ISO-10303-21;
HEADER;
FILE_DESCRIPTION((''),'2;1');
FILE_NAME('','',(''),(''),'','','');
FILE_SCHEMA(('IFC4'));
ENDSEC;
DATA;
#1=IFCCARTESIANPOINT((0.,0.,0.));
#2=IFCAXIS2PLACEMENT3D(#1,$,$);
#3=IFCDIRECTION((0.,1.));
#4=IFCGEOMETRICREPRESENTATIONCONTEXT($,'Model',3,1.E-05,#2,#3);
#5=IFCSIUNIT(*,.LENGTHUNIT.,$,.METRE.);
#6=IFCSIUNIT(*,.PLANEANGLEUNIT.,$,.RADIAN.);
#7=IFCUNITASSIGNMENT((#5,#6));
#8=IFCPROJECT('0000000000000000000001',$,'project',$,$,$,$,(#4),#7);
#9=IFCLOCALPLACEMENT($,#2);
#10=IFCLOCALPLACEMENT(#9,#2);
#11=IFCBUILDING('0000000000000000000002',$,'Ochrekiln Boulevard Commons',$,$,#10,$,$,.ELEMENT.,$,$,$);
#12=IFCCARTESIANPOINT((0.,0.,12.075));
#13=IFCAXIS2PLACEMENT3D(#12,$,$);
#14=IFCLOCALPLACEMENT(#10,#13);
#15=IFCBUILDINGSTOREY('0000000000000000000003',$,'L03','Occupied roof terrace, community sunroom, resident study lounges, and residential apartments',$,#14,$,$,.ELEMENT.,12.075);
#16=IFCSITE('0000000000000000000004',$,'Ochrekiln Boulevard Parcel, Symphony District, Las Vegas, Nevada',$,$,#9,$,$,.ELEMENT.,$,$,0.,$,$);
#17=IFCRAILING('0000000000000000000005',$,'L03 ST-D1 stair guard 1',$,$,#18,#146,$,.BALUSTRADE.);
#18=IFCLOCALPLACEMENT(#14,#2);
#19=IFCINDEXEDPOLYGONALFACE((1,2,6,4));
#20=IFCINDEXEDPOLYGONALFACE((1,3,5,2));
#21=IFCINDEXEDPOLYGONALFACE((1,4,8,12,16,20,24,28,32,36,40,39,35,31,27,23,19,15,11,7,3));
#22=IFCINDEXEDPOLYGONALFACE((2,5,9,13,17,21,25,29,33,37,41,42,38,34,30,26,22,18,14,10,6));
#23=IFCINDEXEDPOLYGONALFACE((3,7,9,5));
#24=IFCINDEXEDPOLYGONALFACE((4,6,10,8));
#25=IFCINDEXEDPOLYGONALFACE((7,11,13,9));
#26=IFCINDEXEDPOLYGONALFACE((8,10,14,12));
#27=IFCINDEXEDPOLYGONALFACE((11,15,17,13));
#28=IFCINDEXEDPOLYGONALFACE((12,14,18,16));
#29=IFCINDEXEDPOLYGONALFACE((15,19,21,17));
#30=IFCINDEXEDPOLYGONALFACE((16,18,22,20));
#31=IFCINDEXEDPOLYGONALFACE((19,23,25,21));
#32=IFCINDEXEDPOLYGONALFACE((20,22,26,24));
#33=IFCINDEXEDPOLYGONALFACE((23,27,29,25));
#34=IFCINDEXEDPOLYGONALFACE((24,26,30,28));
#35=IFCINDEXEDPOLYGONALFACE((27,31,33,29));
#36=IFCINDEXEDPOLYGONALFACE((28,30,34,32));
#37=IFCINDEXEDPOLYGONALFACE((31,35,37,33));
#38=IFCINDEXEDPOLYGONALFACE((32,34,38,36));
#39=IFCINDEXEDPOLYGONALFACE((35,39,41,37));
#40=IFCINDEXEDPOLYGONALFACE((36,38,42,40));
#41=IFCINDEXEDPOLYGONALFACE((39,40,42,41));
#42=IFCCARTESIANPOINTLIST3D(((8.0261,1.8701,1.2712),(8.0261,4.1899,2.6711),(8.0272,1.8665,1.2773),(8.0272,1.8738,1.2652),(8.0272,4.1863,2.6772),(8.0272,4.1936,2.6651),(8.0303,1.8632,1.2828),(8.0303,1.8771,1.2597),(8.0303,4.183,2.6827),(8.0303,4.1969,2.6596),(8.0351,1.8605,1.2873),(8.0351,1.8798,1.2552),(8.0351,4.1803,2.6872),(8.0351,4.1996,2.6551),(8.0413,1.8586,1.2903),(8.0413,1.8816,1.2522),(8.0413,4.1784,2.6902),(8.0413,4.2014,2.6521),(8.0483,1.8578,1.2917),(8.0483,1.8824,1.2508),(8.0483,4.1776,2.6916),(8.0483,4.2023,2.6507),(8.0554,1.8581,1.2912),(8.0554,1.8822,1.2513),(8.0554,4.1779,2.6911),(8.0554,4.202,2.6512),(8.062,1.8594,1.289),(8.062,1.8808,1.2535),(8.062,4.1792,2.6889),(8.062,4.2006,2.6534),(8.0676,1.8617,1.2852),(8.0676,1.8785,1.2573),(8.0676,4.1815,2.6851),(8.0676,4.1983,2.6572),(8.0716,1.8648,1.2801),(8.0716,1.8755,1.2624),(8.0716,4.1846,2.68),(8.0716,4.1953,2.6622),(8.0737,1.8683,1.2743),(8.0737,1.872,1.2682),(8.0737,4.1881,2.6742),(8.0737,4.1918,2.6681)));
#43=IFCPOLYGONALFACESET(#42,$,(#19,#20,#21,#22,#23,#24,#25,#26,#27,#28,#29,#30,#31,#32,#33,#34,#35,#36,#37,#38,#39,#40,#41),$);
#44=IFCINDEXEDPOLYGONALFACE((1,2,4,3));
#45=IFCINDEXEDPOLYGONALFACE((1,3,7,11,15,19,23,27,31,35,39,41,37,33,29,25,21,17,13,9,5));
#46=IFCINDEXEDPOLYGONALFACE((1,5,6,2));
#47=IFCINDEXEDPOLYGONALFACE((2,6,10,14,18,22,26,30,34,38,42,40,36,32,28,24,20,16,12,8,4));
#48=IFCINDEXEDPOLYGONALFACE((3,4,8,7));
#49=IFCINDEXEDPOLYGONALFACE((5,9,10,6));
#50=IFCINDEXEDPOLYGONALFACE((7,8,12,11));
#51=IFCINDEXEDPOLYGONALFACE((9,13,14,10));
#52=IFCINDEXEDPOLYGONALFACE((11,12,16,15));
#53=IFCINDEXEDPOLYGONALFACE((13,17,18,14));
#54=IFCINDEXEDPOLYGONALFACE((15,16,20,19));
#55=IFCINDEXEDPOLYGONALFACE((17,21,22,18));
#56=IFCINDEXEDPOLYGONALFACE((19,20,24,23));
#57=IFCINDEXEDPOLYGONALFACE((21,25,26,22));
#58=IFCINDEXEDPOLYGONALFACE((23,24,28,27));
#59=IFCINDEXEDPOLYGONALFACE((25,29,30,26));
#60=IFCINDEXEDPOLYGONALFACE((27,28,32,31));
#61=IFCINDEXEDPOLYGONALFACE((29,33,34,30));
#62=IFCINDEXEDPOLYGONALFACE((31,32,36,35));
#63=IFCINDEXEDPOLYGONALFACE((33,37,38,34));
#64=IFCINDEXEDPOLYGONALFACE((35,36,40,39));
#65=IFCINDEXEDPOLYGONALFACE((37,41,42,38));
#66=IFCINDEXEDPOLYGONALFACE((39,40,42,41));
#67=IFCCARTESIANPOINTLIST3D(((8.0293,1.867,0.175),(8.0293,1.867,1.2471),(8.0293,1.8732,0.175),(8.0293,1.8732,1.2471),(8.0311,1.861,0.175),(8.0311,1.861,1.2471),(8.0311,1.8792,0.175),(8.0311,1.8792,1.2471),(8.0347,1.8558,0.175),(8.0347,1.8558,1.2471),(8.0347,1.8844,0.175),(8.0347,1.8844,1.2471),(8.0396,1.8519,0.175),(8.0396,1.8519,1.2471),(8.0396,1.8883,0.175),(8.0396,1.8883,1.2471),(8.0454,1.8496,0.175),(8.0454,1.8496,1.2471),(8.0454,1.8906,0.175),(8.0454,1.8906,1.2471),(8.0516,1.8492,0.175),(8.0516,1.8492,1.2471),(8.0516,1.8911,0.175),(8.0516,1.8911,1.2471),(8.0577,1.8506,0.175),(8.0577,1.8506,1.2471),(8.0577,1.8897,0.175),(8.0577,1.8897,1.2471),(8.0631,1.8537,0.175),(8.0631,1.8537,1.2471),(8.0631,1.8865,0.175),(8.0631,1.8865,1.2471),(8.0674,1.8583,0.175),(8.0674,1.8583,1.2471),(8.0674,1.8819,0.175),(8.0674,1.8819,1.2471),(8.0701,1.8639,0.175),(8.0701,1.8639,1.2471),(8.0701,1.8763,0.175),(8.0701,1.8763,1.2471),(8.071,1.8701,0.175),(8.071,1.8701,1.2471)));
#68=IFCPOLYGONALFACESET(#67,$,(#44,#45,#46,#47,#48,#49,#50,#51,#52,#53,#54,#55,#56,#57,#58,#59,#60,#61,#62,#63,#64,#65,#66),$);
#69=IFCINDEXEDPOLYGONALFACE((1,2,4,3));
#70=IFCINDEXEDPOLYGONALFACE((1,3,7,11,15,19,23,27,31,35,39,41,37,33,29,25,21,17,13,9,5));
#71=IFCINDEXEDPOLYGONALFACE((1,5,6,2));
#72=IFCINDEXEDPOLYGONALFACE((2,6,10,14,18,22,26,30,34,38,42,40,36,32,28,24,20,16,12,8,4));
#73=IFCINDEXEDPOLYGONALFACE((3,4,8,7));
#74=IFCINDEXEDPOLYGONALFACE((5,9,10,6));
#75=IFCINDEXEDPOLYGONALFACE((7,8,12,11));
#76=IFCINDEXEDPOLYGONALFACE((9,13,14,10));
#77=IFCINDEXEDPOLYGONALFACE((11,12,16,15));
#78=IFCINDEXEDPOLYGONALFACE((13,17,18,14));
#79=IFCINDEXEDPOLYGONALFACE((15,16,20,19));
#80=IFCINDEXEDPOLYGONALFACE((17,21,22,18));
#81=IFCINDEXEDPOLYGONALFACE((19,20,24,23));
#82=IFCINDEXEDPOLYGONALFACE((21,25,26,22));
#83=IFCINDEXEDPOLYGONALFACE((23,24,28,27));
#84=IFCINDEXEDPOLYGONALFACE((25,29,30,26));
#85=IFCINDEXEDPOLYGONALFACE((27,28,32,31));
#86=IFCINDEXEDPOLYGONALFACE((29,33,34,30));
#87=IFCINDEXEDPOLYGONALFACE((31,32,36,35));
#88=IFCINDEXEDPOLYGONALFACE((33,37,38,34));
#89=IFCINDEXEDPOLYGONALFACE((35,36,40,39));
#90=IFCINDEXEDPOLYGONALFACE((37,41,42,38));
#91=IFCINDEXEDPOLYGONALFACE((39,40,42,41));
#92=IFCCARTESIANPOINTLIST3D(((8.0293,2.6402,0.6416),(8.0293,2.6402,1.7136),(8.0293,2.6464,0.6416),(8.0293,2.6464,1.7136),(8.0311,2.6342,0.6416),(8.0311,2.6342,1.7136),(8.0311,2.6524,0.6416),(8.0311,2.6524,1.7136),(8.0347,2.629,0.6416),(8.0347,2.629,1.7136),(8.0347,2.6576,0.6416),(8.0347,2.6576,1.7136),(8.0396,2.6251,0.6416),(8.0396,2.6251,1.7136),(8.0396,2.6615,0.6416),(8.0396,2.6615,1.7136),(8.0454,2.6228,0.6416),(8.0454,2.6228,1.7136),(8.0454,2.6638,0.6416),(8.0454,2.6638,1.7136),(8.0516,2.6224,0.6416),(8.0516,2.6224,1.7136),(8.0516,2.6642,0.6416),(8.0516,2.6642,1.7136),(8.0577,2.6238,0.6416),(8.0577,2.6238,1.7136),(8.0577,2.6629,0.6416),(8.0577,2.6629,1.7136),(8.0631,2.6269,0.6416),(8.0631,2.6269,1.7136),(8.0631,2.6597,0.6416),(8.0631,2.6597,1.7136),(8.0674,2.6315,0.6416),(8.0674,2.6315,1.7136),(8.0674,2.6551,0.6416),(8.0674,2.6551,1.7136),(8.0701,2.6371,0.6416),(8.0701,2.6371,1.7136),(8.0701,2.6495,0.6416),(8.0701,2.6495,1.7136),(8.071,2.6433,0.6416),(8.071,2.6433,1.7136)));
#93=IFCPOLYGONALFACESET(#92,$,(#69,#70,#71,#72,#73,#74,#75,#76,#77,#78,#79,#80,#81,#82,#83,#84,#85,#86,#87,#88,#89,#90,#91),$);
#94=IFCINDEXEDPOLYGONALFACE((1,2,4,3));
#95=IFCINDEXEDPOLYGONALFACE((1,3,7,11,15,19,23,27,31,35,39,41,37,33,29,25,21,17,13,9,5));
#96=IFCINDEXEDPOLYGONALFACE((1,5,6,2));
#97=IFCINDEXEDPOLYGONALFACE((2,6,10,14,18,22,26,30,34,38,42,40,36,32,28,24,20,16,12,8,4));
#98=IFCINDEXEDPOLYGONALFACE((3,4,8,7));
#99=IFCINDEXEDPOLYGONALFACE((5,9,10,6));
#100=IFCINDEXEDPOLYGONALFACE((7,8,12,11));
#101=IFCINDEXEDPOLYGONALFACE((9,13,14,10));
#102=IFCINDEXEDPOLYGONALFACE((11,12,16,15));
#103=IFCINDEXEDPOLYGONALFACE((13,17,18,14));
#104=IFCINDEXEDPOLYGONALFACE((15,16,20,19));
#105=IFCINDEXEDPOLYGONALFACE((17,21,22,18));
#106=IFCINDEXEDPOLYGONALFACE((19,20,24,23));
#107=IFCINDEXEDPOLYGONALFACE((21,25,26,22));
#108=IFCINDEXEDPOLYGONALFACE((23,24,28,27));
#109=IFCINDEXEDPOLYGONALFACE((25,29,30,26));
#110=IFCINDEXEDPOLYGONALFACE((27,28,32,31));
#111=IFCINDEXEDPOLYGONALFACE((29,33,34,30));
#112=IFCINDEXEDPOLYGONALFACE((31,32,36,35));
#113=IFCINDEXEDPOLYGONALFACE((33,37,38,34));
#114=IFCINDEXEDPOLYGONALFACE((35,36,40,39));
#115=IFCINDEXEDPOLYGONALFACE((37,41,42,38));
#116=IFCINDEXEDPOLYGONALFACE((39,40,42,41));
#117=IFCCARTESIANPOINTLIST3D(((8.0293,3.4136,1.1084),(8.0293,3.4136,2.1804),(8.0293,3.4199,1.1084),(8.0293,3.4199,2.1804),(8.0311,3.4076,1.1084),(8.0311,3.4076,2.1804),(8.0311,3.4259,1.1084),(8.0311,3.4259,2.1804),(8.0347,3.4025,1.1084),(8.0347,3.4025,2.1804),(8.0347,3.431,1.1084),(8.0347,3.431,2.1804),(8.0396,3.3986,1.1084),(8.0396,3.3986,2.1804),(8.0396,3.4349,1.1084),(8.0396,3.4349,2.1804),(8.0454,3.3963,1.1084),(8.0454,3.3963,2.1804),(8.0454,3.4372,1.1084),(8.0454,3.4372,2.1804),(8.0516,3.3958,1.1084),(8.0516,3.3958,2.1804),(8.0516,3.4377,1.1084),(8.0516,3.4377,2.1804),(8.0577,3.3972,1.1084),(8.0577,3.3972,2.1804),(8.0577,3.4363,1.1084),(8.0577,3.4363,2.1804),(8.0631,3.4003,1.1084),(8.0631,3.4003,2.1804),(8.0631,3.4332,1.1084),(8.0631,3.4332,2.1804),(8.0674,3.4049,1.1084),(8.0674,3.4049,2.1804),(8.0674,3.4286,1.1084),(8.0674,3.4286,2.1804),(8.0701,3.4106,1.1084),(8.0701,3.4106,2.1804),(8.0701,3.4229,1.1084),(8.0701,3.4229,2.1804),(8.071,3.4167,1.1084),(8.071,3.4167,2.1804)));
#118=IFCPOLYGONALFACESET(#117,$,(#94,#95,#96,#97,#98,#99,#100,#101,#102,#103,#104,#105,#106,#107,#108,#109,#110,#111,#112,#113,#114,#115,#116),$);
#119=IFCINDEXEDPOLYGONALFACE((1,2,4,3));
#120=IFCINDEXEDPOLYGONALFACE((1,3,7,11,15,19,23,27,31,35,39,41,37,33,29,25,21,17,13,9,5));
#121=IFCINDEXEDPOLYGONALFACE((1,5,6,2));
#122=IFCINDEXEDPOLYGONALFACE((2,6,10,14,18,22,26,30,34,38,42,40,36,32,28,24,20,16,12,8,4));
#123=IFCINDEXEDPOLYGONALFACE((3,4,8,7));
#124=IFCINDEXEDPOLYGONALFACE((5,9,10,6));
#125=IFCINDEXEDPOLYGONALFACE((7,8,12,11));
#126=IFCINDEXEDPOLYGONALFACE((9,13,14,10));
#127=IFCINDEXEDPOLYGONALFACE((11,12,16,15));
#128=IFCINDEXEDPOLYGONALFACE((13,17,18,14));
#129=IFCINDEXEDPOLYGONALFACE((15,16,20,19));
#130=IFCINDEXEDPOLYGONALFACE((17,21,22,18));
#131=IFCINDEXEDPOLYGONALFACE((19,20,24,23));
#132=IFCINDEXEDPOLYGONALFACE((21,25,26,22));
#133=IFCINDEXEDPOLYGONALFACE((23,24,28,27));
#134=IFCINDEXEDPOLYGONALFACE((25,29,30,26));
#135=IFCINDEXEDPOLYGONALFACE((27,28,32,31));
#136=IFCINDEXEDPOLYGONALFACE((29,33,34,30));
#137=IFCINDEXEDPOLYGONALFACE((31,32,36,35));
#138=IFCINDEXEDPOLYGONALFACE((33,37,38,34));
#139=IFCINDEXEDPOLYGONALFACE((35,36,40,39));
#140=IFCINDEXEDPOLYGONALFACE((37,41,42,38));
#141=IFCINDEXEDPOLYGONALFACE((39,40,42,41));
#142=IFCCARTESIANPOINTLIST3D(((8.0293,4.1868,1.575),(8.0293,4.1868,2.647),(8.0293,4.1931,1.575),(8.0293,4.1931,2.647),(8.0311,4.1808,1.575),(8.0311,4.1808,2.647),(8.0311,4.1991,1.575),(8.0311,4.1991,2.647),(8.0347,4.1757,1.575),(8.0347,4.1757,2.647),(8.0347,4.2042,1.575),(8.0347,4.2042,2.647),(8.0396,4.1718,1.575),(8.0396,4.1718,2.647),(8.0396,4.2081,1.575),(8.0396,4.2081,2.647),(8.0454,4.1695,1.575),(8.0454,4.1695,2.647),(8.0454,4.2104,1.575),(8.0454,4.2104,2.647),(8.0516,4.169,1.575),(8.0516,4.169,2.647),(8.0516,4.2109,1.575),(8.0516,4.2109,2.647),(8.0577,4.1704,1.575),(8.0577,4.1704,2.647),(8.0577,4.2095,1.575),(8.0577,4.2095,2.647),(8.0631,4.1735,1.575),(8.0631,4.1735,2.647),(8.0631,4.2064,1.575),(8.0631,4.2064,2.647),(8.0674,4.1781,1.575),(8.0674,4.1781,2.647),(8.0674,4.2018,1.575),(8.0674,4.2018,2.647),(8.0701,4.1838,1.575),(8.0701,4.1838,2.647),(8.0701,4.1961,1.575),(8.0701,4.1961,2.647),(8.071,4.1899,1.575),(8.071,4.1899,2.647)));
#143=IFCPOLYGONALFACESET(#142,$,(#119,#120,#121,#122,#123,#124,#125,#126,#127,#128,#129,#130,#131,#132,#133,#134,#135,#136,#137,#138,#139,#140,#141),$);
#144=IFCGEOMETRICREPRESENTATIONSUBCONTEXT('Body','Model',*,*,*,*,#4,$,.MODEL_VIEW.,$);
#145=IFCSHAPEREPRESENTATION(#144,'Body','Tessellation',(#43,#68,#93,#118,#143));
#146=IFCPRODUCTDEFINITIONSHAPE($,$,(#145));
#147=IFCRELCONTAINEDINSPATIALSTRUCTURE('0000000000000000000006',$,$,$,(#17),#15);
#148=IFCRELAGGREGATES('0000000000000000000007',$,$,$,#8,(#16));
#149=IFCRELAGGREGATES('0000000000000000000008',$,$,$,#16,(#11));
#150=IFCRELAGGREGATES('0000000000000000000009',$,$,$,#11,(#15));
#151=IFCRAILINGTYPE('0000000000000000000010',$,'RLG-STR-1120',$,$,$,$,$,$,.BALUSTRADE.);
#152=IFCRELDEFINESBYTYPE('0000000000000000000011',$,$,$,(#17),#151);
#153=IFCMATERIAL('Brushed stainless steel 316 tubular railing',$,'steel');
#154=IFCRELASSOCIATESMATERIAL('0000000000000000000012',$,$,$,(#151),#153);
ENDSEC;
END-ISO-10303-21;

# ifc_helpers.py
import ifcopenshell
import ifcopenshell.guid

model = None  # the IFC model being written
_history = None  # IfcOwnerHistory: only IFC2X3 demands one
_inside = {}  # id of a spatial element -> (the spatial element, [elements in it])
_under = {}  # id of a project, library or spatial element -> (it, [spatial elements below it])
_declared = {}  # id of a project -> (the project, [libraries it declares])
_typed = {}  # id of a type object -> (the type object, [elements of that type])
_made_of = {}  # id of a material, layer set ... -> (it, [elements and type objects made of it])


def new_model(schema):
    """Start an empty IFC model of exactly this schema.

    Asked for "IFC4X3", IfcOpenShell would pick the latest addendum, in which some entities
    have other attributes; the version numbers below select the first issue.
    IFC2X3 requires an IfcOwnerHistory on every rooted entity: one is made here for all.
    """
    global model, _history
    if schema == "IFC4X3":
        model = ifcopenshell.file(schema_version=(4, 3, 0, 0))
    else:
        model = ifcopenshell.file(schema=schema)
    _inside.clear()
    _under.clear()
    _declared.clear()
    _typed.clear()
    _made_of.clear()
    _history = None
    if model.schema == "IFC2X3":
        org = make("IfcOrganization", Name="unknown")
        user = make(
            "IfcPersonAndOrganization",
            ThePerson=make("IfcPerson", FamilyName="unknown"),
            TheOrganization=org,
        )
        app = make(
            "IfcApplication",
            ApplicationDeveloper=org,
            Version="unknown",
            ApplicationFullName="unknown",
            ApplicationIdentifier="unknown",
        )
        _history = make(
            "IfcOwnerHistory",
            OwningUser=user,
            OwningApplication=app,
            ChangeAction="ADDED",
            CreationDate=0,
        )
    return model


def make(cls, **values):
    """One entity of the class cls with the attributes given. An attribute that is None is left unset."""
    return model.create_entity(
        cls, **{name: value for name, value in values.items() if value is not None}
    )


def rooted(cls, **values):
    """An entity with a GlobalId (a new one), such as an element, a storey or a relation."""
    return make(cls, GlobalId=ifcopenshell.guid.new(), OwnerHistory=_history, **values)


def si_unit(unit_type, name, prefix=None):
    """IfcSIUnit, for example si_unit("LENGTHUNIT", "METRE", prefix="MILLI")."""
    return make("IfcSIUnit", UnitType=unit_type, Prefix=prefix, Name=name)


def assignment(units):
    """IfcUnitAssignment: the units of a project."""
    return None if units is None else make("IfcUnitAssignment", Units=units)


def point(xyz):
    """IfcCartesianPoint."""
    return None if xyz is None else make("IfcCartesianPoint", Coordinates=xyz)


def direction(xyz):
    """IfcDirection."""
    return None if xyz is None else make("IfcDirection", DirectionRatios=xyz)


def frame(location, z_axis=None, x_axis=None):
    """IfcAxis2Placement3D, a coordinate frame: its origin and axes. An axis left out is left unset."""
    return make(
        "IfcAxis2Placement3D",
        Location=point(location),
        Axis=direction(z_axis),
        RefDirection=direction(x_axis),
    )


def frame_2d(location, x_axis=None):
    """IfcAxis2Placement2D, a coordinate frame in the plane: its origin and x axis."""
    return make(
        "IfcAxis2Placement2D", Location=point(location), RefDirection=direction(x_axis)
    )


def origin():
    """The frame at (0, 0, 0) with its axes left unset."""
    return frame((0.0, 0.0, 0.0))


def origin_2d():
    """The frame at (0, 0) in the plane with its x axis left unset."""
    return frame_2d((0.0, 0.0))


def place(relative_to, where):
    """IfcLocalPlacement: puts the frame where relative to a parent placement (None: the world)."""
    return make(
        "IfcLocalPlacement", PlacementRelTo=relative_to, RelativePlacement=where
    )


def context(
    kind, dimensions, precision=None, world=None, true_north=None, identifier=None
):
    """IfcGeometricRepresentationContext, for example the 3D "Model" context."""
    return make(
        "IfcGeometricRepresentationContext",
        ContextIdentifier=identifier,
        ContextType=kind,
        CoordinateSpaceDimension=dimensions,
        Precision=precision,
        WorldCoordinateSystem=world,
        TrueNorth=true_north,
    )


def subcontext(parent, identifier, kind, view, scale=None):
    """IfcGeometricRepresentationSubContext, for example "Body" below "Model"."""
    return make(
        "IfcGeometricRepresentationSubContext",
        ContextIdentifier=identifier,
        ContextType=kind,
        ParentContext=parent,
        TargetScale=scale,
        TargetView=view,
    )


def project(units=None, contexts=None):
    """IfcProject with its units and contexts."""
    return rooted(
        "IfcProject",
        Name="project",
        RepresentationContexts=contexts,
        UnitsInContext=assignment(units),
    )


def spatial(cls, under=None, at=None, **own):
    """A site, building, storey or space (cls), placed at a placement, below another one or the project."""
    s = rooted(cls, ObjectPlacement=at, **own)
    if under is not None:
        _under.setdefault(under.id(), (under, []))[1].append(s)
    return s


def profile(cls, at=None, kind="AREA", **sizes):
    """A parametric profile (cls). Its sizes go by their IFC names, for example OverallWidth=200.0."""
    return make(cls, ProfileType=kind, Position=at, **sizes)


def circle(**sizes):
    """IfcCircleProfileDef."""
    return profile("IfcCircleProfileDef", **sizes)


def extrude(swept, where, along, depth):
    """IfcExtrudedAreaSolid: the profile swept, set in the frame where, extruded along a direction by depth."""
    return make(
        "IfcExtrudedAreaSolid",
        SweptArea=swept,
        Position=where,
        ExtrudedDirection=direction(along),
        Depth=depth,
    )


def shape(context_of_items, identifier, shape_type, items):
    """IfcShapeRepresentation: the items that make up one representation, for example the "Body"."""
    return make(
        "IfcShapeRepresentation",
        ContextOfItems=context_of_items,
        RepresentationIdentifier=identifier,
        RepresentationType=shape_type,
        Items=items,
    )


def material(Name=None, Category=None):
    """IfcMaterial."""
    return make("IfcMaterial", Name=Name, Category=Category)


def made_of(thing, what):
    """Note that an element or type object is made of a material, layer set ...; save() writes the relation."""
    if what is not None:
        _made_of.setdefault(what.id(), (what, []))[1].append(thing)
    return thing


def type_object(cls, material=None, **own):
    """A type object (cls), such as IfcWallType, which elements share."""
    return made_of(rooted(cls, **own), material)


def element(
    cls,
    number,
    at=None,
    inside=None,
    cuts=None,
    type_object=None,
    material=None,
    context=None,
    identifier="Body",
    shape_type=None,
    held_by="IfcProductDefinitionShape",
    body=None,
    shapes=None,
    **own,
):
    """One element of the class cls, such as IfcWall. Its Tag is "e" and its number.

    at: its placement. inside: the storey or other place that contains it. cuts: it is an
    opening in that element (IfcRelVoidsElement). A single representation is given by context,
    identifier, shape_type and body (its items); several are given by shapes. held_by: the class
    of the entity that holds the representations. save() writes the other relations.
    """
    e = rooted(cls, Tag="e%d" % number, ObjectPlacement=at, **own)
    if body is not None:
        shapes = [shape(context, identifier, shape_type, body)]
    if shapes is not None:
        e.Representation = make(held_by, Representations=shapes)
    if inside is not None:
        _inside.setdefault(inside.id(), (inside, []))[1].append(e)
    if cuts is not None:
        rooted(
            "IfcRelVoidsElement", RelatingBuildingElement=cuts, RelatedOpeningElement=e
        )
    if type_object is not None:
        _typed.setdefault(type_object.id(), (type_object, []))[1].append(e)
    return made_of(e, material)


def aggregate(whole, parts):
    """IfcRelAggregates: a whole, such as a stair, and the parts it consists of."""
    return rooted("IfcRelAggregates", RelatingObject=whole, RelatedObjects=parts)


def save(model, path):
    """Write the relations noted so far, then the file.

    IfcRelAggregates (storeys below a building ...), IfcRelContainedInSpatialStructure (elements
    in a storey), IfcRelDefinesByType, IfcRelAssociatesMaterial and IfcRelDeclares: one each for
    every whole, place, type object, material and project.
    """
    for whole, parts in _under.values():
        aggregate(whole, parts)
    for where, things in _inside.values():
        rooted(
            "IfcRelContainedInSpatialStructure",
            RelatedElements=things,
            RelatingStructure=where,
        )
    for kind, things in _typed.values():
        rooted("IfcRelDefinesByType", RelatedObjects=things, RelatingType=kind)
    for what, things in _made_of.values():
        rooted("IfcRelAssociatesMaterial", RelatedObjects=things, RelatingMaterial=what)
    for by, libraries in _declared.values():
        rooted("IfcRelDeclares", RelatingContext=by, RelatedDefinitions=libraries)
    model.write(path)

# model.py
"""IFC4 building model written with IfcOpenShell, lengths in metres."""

from ifc_helpers import new_model, si_unit, direction, frame, origin, origin_2d, place, context, subcontext, project, spatial, circle, extrude, material, type_object, element, save


model = new_model("IFC4")

# Units and contexts
model_context = context("Model", 3, precision=1e-05, world=origin(), true_north=direction((0.0, 1.0)))
body_context = subcontext(model_context, "Body", "Model", "MODEL_VIEW")
ifc_project = project(units=[si_unit("LENGTHUNIT", "METRE"), si_unit("PLANEANGLEUNIT", "RADIAN")], contexts=[model_context])

# Site, building, storey
site_placement = place(None, origin())
site = spatial("IfcSite", under=ifc_project, at=site_placement, Name="Ochrekiln Boulevard Parcel, Symphony District, Las Vegas, Nevada", CompositionType="ELEMENT", RefElevation=0.0)
building_placement = place(site_placement, origin())
building = spatial("IfcBuilding", under=site, at=building_placement, Name="Ochrekiln Boulevard Commons", CompositionType="ELEMENT")
storey_placement = place(building_placement, frame((0.0, 0.0, 12.075)))
storey = spatial("IfcBuildingStorey", under=building, at=storey_placement, Name="L03", Description="Occupied roof terrace, community sunroom, resident study lounges, and residential apartments", CompositionType="ELEMENT", Elevation=12.075)

# Railing
ifc_material_1 = material(Name="Brushed stainless steel 316 tubular railing", Category="steel")
railing_type_1 = type_object("IfcRailingType", Name="RLG-STR-1120", PredefinedType="BALUSTRADE", material=ifc_material_1)
railing_1_placement = place(storey_placement, frame((8.05, 1.8701, 0.175)))
element("IfcRailing", 1, at=railing_1_placement, inside=storey, type_object=railing_type_1, Name="L03 ST-D1 stair guard 1", PredefinedType="BALUSTRADE", context=body_context, shape_type="SweptSolid", body=[
    extrude(circle(Radius=0.0239, at=origin_2d()), frame((0.0, 0.0, 1.0962), z_axis=(0.0, 0.856186, 0.516667), x_axis=(-1.0, 0.0, 0.0)), (0.0, 0.0, 1.0), 2.7095),
    extrude(circle(Radius=0.021, at=origin_2d()), origin(), (0.0, 0.0, 1.0), 1.072),
    extrude(circle(Radius=0.021, at=origin_2d()), frame((0.0, 0.7732, 0.4666)), (0.0, 0.0, 1.0), 1.072),
    extrude(circle(Radius=0.021, at=origin_2d()), frame((0.0, 1.5466, 0.9333)), (0.0, 0.0, 1.0), 1.072),
    extrude(circle(Radius=0.021, at=origin_2d()), frame((0.0, 2.3198, 1.3999)), (0.0, 0.0, 1.0), 1.072),
])

save(model, "model.ifc")
